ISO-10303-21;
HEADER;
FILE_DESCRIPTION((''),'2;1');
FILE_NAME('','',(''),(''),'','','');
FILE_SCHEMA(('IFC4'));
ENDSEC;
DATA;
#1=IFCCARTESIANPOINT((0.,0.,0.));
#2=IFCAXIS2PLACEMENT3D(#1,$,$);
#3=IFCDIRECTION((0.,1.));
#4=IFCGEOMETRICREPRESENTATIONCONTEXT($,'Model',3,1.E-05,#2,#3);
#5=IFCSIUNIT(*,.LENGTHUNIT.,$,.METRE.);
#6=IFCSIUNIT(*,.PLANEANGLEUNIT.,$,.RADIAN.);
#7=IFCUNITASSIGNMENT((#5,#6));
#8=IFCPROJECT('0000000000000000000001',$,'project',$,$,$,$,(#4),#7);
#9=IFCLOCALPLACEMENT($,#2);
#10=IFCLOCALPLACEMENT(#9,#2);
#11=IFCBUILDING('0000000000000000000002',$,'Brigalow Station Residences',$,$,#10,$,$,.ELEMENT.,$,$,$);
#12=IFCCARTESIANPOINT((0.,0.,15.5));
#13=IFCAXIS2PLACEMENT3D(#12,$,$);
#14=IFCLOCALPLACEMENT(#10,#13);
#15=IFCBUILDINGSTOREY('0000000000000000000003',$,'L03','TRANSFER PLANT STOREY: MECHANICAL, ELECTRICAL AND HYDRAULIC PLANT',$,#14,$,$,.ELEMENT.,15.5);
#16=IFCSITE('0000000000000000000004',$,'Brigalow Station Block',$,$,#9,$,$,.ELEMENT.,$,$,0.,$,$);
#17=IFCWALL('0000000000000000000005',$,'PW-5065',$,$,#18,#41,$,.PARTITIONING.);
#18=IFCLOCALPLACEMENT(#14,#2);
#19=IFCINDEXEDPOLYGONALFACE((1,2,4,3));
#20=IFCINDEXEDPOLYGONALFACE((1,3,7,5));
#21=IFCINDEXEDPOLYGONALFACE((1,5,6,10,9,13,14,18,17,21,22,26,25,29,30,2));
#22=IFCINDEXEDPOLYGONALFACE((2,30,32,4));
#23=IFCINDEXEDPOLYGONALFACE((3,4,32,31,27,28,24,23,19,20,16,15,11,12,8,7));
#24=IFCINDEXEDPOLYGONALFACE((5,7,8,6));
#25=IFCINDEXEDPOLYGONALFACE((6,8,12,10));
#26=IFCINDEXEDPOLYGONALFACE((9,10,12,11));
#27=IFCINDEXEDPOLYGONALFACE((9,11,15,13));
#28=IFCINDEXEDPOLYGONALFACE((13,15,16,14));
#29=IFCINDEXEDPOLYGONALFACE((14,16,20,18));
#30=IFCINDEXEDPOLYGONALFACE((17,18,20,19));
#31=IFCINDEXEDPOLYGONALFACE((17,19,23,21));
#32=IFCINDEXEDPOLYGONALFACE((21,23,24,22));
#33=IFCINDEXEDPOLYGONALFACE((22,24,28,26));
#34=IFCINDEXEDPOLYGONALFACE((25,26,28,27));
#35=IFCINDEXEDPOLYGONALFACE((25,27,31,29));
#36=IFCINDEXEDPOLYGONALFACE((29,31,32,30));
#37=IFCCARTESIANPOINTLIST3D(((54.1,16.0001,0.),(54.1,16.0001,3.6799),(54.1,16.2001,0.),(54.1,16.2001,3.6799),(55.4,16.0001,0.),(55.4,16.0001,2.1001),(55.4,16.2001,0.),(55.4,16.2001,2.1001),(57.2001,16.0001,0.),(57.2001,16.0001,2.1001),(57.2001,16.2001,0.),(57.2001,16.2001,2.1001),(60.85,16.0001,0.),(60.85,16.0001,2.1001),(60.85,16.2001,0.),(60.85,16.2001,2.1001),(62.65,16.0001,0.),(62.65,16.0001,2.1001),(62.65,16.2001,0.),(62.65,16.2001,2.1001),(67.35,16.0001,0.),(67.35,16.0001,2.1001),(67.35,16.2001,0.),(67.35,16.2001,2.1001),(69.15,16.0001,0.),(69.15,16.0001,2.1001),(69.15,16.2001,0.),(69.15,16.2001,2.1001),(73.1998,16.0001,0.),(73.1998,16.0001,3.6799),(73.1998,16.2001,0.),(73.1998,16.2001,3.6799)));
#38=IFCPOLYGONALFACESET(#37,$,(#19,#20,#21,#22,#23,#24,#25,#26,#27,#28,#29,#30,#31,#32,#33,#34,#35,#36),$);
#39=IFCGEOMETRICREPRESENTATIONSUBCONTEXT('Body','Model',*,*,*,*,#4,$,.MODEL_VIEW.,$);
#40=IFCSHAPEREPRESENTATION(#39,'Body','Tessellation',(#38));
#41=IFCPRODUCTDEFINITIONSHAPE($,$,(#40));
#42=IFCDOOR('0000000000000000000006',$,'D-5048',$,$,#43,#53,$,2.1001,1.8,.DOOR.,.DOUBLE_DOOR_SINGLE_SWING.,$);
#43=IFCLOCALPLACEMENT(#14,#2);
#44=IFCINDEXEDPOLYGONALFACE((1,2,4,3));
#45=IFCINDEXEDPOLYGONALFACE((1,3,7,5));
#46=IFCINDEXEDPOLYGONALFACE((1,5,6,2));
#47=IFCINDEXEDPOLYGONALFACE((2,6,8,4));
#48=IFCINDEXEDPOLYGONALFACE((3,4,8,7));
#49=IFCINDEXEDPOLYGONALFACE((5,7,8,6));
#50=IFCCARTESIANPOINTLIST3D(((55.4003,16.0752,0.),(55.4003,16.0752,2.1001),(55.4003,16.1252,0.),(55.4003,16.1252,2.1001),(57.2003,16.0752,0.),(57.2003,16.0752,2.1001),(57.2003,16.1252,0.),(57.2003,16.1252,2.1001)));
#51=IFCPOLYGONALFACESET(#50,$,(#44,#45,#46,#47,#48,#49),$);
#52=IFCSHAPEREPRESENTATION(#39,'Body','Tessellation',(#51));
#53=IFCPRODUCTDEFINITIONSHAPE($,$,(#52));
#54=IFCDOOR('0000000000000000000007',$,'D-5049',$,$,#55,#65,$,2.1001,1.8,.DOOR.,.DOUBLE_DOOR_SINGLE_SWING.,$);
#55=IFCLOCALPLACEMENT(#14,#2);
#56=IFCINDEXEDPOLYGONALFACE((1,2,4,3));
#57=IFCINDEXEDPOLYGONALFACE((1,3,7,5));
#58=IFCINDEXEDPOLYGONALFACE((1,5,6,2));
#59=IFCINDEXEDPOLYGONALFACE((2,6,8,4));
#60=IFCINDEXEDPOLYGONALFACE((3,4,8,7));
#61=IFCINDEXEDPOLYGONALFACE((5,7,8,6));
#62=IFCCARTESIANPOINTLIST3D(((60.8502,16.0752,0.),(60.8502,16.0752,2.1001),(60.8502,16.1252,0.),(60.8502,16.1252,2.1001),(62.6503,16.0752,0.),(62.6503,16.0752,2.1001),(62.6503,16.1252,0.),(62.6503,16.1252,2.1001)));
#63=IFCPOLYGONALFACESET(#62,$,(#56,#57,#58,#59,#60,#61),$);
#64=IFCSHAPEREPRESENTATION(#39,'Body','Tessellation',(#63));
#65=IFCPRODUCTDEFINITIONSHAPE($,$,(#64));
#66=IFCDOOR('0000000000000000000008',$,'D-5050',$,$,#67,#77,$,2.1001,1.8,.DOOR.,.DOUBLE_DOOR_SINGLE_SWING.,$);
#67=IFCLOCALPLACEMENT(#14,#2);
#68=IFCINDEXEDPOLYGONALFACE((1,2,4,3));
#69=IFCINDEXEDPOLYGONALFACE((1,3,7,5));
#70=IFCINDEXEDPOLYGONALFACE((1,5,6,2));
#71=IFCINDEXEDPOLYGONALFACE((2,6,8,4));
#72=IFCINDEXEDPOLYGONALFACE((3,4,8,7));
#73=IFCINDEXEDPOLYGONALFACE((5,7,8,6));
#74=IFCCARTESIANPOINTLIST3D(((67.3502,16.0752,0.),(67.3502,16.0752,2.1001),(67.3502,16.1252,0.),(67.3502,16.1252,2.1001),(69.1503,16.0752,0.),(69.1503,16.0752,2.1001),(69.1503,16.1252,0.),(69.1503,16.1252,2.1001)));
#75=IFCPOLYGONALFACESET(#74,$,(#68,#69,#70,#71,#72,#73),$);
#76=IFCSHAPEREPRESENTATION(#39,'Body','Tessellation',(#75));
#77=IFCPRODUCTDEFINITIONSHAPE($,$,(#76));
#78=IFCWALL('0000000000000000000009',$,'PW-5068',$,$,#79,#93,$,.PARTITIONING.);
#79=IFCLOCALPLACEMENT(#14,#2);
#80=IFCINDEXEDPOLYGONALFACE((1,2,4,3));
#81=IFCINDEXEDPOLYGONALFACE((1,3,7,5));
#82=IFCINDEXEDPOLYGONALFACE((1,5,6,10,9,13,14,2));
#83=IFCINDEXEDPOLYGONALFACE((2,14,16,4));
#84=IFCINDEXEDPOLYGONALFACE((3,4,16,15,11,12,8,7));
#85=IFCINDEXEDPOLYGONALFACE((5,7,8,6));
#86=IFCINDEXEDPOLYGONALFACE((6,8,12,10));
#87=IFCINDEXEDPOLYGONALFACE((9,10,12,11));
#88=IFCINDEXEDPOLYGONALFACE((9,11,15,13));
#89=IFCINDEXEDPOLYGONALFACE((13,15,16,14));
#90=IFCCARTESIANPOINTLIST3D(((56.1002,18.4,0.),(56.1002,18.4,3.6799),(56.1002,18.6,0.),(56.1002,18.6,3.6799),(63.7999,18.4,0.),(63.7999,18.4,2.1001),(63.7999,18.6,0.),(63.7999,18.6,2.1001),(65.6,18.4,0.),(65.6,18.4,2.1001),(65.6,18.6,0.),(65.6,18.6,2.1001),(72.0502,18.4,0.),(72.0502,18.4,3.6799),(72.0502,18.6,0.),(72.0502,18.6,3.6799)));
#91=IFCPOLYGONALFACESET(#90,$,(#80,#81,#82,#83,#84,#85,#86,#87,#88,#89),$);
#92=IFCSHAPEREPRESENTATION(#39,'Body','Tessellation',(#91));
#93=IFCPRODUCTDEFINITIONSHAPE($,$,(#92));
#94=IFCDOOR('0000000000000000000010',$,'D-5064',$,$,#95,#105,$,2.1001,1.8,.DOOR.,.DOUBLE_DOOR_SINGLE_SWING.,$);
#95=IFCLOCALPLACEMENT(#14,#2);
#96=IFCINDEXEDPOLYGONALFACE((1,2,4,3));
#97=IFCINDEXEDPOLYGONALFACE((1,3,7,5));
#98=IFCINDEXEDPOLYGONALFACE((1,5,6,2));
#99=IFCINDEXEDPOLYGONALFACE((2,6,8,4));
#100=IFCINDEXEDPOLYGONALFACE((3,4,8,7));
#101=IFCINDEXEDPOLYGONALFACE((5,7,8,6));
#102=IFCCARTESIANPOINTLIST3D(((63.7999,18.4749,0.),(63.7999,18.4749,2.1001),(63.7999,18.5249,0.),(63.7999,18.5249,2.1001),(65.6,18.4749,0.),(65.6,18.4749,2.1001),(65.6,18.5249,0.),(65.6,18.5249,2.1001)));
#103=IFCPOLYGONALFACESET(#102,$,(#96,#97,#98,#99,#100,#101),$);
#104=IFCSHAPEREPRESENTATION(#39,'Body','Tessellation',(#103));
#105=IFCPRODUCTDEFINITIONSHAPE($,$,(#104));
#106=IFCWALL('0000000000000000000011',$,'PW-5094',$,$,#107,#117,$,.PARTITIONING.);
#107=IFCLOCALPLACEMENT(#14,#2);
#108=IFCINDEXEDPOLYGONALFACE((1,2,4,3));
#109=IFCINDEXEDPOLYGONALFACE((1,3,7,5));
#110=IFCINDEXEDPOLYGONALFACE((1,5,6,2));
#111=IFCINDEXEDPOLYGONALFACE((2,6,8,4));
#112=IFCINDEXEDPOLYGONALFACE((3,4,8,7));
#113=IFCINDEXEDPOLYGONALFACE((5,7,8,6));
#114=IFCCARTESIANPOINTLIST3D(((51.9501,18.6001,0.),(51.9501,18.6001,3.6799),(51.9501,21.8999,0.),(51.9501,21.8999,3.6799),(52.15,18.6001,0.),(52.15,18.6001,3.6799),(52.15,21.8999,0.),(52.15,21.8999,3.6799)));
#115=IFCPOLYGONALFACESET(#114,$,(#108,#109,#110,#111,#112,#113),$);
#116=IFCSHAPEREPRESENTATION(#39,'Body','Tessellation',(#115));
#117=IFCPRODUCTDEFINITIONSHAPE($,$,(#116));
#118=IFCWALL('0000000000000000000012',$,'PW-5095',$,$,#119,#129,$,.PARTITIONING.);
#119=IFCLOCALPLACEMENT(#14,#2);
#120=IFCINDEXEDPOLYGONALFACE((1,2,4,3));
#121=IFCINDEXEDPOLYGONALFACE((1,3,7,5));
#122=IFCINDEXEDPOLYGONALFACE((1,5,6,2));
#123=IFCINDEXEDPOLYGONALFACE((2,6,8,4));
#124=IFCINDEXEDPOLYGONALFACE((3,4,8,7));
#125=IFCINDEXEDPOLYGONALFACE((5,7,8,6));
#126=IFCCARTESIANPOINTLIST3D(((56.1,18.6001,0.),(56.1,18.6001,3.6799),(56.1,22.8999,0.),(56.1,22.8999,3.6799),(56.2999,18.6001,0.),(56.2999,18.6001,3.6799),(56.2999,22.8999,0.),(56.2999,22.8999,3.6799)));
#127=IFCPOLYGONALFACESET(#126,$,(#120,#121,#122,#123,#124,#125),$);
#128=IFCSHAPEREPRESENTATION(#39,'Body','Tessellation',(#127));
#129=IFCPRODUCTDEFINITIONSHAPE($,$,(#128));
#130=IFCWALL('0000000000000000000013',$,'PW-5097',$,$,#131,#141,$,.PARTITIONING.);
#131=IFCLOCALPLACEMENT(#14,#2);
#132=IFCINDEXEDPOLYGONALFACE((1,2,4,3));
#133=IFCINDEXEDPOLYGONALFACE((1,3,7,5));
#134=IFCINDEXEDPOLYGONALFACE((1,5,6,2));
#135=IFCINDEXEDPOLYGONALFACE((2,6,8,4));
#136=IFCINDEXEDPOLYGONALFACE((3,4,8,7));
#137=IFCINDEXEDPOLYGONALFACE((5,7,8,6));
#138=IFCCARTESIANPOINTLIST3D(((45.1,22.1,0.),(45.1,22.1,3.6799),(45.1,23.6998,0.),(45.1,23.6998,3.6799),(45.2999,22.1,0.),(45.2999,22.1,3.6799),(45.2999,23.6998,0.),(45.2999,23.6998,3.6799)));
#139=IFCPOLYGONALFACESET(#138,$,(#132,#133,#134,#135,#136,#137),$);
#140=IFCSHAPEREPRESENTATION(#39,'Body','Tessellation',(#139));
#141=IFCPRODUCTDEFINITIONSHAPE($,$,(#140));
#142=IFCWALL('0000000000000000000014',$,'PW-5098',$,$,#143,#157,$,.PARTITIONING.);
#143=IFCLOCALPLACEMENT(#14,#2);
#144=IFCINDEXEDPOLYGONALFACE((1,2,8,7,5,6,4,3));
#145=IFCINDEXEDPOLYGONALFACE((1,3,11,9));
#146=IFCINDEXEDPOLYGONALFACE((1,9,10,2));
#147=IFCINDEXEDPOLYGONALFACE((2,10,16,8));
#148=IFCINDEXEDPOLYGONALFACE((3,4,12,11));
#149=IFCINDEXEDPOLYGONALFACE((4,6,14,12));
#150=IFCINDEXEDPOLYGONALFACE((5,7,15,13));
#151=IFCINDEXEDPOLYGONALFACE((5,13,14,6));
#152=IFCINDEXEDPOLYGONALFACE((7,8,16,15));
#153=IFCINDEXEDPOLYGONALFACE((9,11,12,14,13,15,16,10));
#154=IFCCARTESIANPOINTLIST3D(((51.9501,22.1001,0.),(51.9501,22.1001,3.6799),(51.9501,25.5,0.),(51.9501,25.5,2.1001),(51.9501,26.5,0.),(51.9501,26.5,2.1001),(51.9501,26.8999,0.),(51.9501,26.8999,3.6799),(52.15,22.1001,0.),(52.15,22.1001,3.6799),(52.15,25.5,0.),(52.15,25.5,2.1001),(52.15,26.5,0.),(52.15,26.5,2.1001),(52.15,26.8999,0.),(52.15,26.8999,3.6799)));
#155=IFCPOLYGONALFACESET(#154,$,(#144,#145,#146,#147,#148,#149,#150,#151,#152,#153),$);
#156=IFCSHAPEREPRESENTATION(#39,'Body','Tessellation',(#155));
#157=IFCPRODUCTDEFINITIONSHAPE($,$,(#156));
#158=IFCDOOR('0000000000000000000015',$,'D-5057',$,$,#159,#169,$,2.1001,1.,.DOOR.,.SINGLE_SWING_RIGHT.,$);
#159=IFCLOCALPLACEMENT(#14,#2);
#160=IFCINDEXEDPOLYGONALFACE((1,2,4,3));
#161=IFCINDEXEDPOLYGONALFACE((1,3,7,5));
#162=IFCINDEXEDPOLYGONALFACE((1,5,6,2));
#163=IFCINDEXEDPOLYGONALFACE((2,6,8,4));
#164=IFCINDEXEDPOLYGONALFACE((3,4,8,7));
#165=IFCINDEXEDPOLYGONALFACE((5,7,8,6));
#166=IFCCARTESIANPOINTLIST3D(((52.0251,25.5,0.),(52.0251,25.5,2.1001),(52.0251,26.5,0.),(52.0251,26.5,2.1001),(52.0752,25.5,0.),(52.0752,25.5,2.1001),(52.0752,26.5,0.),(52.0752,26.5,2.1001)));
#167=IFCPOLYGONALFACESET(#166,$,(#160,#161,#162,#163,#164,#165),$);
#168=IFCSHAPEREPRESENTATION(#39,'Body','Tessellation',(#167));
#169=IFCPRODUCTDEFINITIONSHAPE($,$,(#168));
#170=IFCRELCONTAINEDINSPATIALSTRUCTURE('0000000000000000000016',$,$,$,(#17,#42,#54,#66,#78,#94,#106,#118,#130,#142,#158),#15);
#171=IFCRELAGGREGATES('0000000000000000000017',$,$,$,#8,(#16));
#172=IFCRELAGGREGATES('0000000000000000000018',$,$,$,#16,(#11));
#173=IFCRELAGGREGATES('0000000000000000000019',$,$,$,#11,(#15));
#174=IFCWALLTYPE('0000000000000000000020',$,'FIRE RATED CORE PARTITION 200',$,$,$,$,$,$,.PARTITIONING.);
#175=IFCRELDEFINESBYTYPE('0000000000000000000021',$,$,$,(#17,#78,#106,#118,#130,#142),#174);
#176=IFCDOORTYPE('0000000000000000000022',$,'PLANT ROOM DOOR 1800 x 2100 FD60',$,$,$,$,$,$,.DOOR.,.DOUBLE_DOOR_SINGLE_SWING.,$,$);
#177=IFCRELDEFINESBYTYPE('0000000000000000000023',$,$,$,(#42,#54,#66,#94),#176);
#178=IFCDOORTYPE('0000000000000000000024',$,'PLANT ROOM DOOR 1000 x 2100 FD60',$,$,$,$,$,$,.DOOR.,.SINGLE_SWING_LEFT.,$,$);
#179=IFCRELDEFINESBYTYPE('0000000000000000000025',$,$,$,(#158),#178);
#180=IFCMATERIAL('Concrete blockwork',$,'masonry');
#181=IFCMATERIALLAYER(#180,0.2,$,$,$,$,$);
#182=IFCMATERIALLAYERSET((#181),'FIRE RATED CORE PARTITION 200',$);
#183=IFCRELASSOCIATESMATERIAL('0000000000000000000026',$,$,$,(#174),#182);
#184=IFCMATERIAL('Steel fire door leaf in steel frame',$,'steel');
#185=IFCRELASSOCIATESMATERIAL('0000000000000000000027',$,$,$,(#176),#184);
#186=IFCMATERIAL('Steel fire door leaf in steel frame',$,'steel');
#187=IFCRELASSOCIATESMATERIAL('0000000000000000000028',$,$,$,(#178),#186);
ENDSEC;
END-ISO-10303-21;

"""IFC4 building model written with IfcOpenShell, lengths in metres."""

from ifc_helpers import new_model, si_unit, direction, frame, frame_2d, origin, place, context, subcontext, project, spatial, rectangle, extrude, material, layer, layer_set, type_object, element, fill, save


model = new_model("IFC4")

# Units and contexts
model_context = context("Model", 3, precision=1e-05, world=origin(), true_north=direction((0.0, 1.0)))
body_context = subcontext(model_context, "Body", "Model", "MODEL_VIEW")
ifc_project = project(units=[si_unit("LENGTHUNIT", "METRE"), si_unit("PLANEANGLEUNIT", "RADIAN")], contexts=[model_context])

# Site, building, storey
site_placement = place(None, origin())
site = spatial("IfcSite", under=ifc_project, at=site_placement, Name="Brigalow Station Block", CompositionType="ELEMENT", RefElevation=0.0)
building_placement = place(site_placement, origin())
building = spatial("IfcBuilding", under=site, at=building_placement, Name="Brigalow Station Residences", CompositionType="ELEMENT")
storey_placement = place(building_placement, frame((0.0, 0.0, 15.5)))
storey = spatial("IfcBuildingStorey", under=building, at=storey_placement, Name="L03", Description="TRANSFER PLANT STOREY: MECHANICAL, ELECTRICAL AND HYDRAULIC PLANT", CompositionType="ELEMENT", Elevation=15.5)

# Shared definitions
ifc_material_1 = material(Name="Concrete blockwork", Category="masonry")
ifc_layer_1 = layer(ifc_material_1, 0.2)
ifc_layer_set_1 = layer_set([ifc_layer_1], Name="FIRE RATED CORE PARTITION 200")
wall_type_1 = type_object("IfcWallType", Name="FIRE RATED CORE PARTITION 200", PredefinedType="PARTITIONING", material=ifc_layer_set_1)

# Wall, openings, doors
wall_1_placement = place(storey_placement, frame((54.1001, 16.1001, 0.0), z_axis=(0.0, 0.0, 1.0), x_axis=(1.0, 0.0, 0.0)))
wall_1 = element("IfcWall", 1, at=wall_1_placement, inside=storey, type_object=wall_type_1, Name="PW-5065", PredefinedType="PARTITIONING", context=body_context, shape_type="SweptSolid", body=[
    extrude(rectangle(XDim=19.0999, YDim=0.2, at=frame_2d((9.5498, 0.0))), origin(), (0.0, 0.0, 1.0), 3.6799),
])
opening_1_placement = place(wall_1_placement, frame((1.3, 0.0, 0.0)))
opening_1 = element("IfcOpeningElement", 2, at=opening_1_placement, cuts=wall_1, PredefinedType="OPENING", context=body_context, shape_type="SweptSolid", body=[
    extrude(rectangle(XDim=1.8, YDim=2.1001, at=frame_2d((0.8999, 1.05))), frame((0.0, 0.1099, 0.0), z_axis=(0.0, -1.0, 0.0), x_axis=(1.0, 0.0, 0.0)), (0.0, 0.0, 1.0), 0.22),
])
opening_2_placement = place(wall_1_placement, frame((6.75, 0.0, 0.0)))
opening_2 = element("IfcOpeningElement", 3, at=opening_2_placement, cuts=wall_1, PredefinedType="OPENING", context=body_context, shape_type="SweptSolid", body=[
    extrude(rectangle(XDim=1.8, YDim=2.1001, at=frame_2d((0.8999, 1.05))), frame((0.0, 0.1099, 0.0), z_axis=(0.0, -1.0, 0.0), x_axis=(1.0, 0.0, 0.0)), (0.0, 0.0, 1.0), 0.22),
])
opening_3_placement = place(wall_1_placement, frame((13.25, 0.0, 0.0)))
opening_3 = element("IfcOpeningElement", 4, at=opening_3_placement, cuts=wall_1, PredefinedType="OPENING", context=body_context, shape_type="SweptSolid", body=[
    extrude(rectangle(XDim=1.8, YDim=2.1001, at=frame_2d((0.8999, 1.05))), frame((0.0, 0.1099, 0.0), z_axis=(0.0, -1.0, 0.0), x_axis=(1.0, 0.0, 0.0)), (0.0, 0.0, 1.0), 0.22),
])
ifc_material_2 = material(Name="Steel fire door leaf in steel frame", Category="steel")
door_type_1 = type_object("IfcDoorType", Name="PLANT ROOM DOOR 1800 x 2100 FD60", OperationType="DOUBLE_DOOR_SINGLE_SWING", PredefinedType="DOOR", material=ifc_material_2)
door_1_placement = place(opening_1_placement, frame((1.8, 0.0, 0.0), z_axis=(0.0, 0.0, 1.0), x_axis=(-1.0, 0.0, 0.0)))
door_1 = element("IfcDoor", 5, at=door_1_placement, inside=storey, type_object=door_type_1, Name="D-5048", OperationType="DOUBLE_DOOR_SINGLE_SWING", OverallHeight=2.1001, OverallWidth=1.8, PredefinedType="DOOR", context=body_context, shape_type="SweptSolid", body=[
    extrude(rectangle(XDim=1.8, YDim=2.1001, at=frame_2d((0.8999, 1.05))), frame((0.0, 0.0249, 0.0), z_axis=(0.0, -1.0, 0.0), x_axis=(1.0, 0.0, 0.0)), (0.0, 0.0, 1.0), 0.05),
])
fill(opening_1, door_1)
door_2_placement = place(opening_2_placement, frame((1.8, 0.0, 0.0), z_axis=(0.0, 0.0, 1.0), x_axis=(-1.0, 0.0, 0.0)))
door_2 = element("IfcDoor", 6, at=door_2_placement, inside=storey, type_object=door_type_1, Name="D-5049", OperationType="DOUBLE_DOOR_SINGLE_SWING", OverallHeight=2.1001, OverallWidth=1.8, PredefinedType="DOOR", context=body_context, shape_type="SweptSolid", body=[
    extrude(rectangle(XDim=1.8, YDim=2.1001, at=frame_2d((0.8999, 1.05))), frame((0.0, 0.0249, 0.0), z_axis=(0.0, -1.0, 0.0), x_axis=(1.0, 0.0, 0.0)), (0.0, 0.0, 1.0), 0.05),
])
fill(opening_2, door_2)
door_3_placement = place(opening_3_placement, frame((1.8, 0.0, 0.0), z_axis=(0.0, 0.0, 1.0), x_axis=(-1.0, 0.0, 0.0)))
door_3 = element("IfcDoor", 7, at=door_3_placement, inside=storey, type_object=door_type_1, Name="D-5050", OperationType="DOUBLE_DOOR_SINGLE_SWING", OverallHeight=2.1001, OverallWidth=1.8, PredefinedType="DOOR", context=body_context, shape_type="SweptSolid", body=[
    extrude(rectangle(XDim=1.8, YDim=2.1001, at=frame_2d((0.8999, 1.05))), frame((0.0, 0.0249, 0.0), z_axis=(0.0, -1.0, 0.0), x_axis=(1.0, 0.0, 0.0)), (0.0, 0.0, 1.0), 0.05),
])
fill(opening_3, door_3)

# Wall, opening, door
wall_2_placement = place(storey_placement, frame((56.1001, 18.5, 0.0), z_axis=(0.0, 0.0, 1.0), x_axis=(1.0, 0.0, 0.0)))
wall_2 = element("IfcWall", 8, at=wall_2_placement, inside=storey, type_object=wall_type_1, Name="PW-5068", PredefinedType="PARTITIONING", context=body_context, shape_type="SweptSolid", body=[
    extrude(rectangle(XDim=15.95, YDim=0.2, at=frame_2d((7.9751, 0.0))), origin(), (0.0, 0.0, 1.0), 3.6799),
])
opening_4_placement = place(wall_2_placement, frame((7.7, 0.0, 0.0)))
opening_4 = element("IfcOpeningElement", 9, at=opening_4_placement, cuts=wall_2, PredefinedType="OPENING", context=body_context, shape_type="SweptSolid", body=[
    extrude(rectangle(XDim=1.8, YDim=2.1001, at=frame_2d((0.8999, 1.05))), frame((0.0, 0.1099, 0.0), z_axis=(0.0, -1.0, 0.0), x_axis=(1.0, 0.0, 0.0)), (0.0, 0.0, 1.0), 0.22),
])
door_4_placement = place(opening_4_placement, origin())
door_4 = element("IfcDoor", 10, at=door_4_placement, inside=storey, type_object=door_type_1, Name="D-5064", OperationType="DOUBLE_DOOR_SINGLE_SWING", OverallHeight=2.1001, OverallWidth=1.8, PredefinedType="DOOR", context=body_context, shape_type="SweptSolid", body=[
    extrude(rectangle(XDim=1.8, YDim=2.1001, at=frame_2d((0.8999, 1.05))), frame((0.0, 0.0249, 0.0), z_axis=(0.0, -1.0, 0.0), x_axis=(1.0, 0.0, 0.0)), (0.0, 0.0, 1.0), 0.05),
])
fill(opening_4, door_4)

# Walls
wall_3_placement = place(storey_placement, frame((52.05, 18.6001, 0.0), z_axis=(0.0, 0.0, 1.0), x_axis=(0.0, 1.0, 0.0)))
element("IfcWall", 11, at=wall_3_placement, inside=storey, type_object=wall_type_1, Name="PW-5094", PredefinedType="PARTITIONING", context=body_context, shape_type="SweptSolid", body=[
    extrude(rectangle(XDim=3.2998, YDim=0.2, at=frame_2d((1.6499, 0.0))), origin(), (0.0, 0.0, 1.0), 3.6799),
])
wall_4_placement = place(storey_placement, frame((56.2, 18.6001, 0.0), z_axis=(0.0, 0.0, 1.0), x_axis=(0.0, 1.0, 0.0)))
element("IfcWall", 12, at=wall_4_placement, inside=storey, type_object=wall_type_1, Name="PW-5095", PredefinedType="PARTITIONING", context=body_context, shape_type="SweptSolid", body=[
    extrude(rectangle(XDim=4.2998, YDim=0.2, at=frame_2d((2.1499, 0.0))), origin(), (0.0, 0.0, 1.0), 3.6799),
])
wall_5_placement = place(storey_placement, frame((45.2, 22.1001, 0.0), z_axis=(0.0, 0.0, 1.0), x_axis=(0.0, 1.0, 0.0)))
element("IfcWall", 13, at=wall_5_placement, inside=storey, type_object=wall_type_1, Name="PW-5097", PredefinedType="PARTITIONING", context=body_context, shape_type="SweptSolid", body=[
    extrude(rectangle(XDim=1.5999, YDim=0.2, at=frame_2d((0.7998, 0.0))), origin(), (0.0, 0.0, 1.0), 3.6799),
])

# Wall, opening, door
wall_6_placement = place(storey_placement, frame((52.05, 22.1001, 0.0), z_axis=(0.0, 0.0, 1.0), x_axis=(0.0, 1.0, 0.0)))
wall_6 = element("IfcWall", 14, at=wall_6_placement, inside=storey, type_object=wall_type_1, Name="PW-5098", PredefinedType="PARTITIONING", context=body_context, shape_type="SweptSolid", body=[
    extrude(rectangle(XDim=4.7998, YDim=0.2, at=frame_2d((2.3999, 0.0))), origin(), (0.0, 0.0, 1.0), 3.6799),
])
opening_5_placement = place(wall_6_placement, frame((3.3999, 0.0, 0.0)))
opening_5 = element("IfcOpeningElement", 15, at=opening_5_placement, cuts=wall_6, PredefinedType="OPENING", context=body_context, shape_type="SweptSolid", body=[
    extrude(rectangle(XDim=1.0, YDim=2.1001, at=frame_2d((0.5, 1.05))), frame((0.0, 0.1099, 0.0), z_axis=(0.0, -1.0, 0.0), x_axis=(1.0, 0.0, 0.0)), (0.0, 0.0, 1.0), 0.22),
])
ifc_material_3 = material(Name="Steel fire door leaf in steel frame", Category="steel")
door_type_2 = type_object("IfcDoorType", Name="PLANT ROOM DOOR 1000 x 2100 FD60", OperationType="SINGLE_SWING_LEFT", PredefinedType="DOOR", material=ifc_material_3)
door_5_placement = place(opening_5_placement, origin())
door_5 = element("IfcDoor", 16, at=door_5_placement, inside=storey, type_object=door_type_2, Name="D-5057", OperationType="SINGLE_SWING_RIGHT", OverallHeight=2.1001, OverallWidth=1.0, PredefinedType="DOOR", context=body_context, shape_type="SweptSolid", body=[
    extrude(rectangle(XDim=1.0, YDim=2.1001, at=frame_2d((0.5, 1.05))), frame((0.0, 0.0249, 0.0), z_axis=(0.0, -1.0, 0.0), x_axis=(1.0, 0.0, 0.0)), (0.0, 0.0, 1.0), 0.05),
])
fill(opening_5, door_5)

save(model, "model.ifc")
